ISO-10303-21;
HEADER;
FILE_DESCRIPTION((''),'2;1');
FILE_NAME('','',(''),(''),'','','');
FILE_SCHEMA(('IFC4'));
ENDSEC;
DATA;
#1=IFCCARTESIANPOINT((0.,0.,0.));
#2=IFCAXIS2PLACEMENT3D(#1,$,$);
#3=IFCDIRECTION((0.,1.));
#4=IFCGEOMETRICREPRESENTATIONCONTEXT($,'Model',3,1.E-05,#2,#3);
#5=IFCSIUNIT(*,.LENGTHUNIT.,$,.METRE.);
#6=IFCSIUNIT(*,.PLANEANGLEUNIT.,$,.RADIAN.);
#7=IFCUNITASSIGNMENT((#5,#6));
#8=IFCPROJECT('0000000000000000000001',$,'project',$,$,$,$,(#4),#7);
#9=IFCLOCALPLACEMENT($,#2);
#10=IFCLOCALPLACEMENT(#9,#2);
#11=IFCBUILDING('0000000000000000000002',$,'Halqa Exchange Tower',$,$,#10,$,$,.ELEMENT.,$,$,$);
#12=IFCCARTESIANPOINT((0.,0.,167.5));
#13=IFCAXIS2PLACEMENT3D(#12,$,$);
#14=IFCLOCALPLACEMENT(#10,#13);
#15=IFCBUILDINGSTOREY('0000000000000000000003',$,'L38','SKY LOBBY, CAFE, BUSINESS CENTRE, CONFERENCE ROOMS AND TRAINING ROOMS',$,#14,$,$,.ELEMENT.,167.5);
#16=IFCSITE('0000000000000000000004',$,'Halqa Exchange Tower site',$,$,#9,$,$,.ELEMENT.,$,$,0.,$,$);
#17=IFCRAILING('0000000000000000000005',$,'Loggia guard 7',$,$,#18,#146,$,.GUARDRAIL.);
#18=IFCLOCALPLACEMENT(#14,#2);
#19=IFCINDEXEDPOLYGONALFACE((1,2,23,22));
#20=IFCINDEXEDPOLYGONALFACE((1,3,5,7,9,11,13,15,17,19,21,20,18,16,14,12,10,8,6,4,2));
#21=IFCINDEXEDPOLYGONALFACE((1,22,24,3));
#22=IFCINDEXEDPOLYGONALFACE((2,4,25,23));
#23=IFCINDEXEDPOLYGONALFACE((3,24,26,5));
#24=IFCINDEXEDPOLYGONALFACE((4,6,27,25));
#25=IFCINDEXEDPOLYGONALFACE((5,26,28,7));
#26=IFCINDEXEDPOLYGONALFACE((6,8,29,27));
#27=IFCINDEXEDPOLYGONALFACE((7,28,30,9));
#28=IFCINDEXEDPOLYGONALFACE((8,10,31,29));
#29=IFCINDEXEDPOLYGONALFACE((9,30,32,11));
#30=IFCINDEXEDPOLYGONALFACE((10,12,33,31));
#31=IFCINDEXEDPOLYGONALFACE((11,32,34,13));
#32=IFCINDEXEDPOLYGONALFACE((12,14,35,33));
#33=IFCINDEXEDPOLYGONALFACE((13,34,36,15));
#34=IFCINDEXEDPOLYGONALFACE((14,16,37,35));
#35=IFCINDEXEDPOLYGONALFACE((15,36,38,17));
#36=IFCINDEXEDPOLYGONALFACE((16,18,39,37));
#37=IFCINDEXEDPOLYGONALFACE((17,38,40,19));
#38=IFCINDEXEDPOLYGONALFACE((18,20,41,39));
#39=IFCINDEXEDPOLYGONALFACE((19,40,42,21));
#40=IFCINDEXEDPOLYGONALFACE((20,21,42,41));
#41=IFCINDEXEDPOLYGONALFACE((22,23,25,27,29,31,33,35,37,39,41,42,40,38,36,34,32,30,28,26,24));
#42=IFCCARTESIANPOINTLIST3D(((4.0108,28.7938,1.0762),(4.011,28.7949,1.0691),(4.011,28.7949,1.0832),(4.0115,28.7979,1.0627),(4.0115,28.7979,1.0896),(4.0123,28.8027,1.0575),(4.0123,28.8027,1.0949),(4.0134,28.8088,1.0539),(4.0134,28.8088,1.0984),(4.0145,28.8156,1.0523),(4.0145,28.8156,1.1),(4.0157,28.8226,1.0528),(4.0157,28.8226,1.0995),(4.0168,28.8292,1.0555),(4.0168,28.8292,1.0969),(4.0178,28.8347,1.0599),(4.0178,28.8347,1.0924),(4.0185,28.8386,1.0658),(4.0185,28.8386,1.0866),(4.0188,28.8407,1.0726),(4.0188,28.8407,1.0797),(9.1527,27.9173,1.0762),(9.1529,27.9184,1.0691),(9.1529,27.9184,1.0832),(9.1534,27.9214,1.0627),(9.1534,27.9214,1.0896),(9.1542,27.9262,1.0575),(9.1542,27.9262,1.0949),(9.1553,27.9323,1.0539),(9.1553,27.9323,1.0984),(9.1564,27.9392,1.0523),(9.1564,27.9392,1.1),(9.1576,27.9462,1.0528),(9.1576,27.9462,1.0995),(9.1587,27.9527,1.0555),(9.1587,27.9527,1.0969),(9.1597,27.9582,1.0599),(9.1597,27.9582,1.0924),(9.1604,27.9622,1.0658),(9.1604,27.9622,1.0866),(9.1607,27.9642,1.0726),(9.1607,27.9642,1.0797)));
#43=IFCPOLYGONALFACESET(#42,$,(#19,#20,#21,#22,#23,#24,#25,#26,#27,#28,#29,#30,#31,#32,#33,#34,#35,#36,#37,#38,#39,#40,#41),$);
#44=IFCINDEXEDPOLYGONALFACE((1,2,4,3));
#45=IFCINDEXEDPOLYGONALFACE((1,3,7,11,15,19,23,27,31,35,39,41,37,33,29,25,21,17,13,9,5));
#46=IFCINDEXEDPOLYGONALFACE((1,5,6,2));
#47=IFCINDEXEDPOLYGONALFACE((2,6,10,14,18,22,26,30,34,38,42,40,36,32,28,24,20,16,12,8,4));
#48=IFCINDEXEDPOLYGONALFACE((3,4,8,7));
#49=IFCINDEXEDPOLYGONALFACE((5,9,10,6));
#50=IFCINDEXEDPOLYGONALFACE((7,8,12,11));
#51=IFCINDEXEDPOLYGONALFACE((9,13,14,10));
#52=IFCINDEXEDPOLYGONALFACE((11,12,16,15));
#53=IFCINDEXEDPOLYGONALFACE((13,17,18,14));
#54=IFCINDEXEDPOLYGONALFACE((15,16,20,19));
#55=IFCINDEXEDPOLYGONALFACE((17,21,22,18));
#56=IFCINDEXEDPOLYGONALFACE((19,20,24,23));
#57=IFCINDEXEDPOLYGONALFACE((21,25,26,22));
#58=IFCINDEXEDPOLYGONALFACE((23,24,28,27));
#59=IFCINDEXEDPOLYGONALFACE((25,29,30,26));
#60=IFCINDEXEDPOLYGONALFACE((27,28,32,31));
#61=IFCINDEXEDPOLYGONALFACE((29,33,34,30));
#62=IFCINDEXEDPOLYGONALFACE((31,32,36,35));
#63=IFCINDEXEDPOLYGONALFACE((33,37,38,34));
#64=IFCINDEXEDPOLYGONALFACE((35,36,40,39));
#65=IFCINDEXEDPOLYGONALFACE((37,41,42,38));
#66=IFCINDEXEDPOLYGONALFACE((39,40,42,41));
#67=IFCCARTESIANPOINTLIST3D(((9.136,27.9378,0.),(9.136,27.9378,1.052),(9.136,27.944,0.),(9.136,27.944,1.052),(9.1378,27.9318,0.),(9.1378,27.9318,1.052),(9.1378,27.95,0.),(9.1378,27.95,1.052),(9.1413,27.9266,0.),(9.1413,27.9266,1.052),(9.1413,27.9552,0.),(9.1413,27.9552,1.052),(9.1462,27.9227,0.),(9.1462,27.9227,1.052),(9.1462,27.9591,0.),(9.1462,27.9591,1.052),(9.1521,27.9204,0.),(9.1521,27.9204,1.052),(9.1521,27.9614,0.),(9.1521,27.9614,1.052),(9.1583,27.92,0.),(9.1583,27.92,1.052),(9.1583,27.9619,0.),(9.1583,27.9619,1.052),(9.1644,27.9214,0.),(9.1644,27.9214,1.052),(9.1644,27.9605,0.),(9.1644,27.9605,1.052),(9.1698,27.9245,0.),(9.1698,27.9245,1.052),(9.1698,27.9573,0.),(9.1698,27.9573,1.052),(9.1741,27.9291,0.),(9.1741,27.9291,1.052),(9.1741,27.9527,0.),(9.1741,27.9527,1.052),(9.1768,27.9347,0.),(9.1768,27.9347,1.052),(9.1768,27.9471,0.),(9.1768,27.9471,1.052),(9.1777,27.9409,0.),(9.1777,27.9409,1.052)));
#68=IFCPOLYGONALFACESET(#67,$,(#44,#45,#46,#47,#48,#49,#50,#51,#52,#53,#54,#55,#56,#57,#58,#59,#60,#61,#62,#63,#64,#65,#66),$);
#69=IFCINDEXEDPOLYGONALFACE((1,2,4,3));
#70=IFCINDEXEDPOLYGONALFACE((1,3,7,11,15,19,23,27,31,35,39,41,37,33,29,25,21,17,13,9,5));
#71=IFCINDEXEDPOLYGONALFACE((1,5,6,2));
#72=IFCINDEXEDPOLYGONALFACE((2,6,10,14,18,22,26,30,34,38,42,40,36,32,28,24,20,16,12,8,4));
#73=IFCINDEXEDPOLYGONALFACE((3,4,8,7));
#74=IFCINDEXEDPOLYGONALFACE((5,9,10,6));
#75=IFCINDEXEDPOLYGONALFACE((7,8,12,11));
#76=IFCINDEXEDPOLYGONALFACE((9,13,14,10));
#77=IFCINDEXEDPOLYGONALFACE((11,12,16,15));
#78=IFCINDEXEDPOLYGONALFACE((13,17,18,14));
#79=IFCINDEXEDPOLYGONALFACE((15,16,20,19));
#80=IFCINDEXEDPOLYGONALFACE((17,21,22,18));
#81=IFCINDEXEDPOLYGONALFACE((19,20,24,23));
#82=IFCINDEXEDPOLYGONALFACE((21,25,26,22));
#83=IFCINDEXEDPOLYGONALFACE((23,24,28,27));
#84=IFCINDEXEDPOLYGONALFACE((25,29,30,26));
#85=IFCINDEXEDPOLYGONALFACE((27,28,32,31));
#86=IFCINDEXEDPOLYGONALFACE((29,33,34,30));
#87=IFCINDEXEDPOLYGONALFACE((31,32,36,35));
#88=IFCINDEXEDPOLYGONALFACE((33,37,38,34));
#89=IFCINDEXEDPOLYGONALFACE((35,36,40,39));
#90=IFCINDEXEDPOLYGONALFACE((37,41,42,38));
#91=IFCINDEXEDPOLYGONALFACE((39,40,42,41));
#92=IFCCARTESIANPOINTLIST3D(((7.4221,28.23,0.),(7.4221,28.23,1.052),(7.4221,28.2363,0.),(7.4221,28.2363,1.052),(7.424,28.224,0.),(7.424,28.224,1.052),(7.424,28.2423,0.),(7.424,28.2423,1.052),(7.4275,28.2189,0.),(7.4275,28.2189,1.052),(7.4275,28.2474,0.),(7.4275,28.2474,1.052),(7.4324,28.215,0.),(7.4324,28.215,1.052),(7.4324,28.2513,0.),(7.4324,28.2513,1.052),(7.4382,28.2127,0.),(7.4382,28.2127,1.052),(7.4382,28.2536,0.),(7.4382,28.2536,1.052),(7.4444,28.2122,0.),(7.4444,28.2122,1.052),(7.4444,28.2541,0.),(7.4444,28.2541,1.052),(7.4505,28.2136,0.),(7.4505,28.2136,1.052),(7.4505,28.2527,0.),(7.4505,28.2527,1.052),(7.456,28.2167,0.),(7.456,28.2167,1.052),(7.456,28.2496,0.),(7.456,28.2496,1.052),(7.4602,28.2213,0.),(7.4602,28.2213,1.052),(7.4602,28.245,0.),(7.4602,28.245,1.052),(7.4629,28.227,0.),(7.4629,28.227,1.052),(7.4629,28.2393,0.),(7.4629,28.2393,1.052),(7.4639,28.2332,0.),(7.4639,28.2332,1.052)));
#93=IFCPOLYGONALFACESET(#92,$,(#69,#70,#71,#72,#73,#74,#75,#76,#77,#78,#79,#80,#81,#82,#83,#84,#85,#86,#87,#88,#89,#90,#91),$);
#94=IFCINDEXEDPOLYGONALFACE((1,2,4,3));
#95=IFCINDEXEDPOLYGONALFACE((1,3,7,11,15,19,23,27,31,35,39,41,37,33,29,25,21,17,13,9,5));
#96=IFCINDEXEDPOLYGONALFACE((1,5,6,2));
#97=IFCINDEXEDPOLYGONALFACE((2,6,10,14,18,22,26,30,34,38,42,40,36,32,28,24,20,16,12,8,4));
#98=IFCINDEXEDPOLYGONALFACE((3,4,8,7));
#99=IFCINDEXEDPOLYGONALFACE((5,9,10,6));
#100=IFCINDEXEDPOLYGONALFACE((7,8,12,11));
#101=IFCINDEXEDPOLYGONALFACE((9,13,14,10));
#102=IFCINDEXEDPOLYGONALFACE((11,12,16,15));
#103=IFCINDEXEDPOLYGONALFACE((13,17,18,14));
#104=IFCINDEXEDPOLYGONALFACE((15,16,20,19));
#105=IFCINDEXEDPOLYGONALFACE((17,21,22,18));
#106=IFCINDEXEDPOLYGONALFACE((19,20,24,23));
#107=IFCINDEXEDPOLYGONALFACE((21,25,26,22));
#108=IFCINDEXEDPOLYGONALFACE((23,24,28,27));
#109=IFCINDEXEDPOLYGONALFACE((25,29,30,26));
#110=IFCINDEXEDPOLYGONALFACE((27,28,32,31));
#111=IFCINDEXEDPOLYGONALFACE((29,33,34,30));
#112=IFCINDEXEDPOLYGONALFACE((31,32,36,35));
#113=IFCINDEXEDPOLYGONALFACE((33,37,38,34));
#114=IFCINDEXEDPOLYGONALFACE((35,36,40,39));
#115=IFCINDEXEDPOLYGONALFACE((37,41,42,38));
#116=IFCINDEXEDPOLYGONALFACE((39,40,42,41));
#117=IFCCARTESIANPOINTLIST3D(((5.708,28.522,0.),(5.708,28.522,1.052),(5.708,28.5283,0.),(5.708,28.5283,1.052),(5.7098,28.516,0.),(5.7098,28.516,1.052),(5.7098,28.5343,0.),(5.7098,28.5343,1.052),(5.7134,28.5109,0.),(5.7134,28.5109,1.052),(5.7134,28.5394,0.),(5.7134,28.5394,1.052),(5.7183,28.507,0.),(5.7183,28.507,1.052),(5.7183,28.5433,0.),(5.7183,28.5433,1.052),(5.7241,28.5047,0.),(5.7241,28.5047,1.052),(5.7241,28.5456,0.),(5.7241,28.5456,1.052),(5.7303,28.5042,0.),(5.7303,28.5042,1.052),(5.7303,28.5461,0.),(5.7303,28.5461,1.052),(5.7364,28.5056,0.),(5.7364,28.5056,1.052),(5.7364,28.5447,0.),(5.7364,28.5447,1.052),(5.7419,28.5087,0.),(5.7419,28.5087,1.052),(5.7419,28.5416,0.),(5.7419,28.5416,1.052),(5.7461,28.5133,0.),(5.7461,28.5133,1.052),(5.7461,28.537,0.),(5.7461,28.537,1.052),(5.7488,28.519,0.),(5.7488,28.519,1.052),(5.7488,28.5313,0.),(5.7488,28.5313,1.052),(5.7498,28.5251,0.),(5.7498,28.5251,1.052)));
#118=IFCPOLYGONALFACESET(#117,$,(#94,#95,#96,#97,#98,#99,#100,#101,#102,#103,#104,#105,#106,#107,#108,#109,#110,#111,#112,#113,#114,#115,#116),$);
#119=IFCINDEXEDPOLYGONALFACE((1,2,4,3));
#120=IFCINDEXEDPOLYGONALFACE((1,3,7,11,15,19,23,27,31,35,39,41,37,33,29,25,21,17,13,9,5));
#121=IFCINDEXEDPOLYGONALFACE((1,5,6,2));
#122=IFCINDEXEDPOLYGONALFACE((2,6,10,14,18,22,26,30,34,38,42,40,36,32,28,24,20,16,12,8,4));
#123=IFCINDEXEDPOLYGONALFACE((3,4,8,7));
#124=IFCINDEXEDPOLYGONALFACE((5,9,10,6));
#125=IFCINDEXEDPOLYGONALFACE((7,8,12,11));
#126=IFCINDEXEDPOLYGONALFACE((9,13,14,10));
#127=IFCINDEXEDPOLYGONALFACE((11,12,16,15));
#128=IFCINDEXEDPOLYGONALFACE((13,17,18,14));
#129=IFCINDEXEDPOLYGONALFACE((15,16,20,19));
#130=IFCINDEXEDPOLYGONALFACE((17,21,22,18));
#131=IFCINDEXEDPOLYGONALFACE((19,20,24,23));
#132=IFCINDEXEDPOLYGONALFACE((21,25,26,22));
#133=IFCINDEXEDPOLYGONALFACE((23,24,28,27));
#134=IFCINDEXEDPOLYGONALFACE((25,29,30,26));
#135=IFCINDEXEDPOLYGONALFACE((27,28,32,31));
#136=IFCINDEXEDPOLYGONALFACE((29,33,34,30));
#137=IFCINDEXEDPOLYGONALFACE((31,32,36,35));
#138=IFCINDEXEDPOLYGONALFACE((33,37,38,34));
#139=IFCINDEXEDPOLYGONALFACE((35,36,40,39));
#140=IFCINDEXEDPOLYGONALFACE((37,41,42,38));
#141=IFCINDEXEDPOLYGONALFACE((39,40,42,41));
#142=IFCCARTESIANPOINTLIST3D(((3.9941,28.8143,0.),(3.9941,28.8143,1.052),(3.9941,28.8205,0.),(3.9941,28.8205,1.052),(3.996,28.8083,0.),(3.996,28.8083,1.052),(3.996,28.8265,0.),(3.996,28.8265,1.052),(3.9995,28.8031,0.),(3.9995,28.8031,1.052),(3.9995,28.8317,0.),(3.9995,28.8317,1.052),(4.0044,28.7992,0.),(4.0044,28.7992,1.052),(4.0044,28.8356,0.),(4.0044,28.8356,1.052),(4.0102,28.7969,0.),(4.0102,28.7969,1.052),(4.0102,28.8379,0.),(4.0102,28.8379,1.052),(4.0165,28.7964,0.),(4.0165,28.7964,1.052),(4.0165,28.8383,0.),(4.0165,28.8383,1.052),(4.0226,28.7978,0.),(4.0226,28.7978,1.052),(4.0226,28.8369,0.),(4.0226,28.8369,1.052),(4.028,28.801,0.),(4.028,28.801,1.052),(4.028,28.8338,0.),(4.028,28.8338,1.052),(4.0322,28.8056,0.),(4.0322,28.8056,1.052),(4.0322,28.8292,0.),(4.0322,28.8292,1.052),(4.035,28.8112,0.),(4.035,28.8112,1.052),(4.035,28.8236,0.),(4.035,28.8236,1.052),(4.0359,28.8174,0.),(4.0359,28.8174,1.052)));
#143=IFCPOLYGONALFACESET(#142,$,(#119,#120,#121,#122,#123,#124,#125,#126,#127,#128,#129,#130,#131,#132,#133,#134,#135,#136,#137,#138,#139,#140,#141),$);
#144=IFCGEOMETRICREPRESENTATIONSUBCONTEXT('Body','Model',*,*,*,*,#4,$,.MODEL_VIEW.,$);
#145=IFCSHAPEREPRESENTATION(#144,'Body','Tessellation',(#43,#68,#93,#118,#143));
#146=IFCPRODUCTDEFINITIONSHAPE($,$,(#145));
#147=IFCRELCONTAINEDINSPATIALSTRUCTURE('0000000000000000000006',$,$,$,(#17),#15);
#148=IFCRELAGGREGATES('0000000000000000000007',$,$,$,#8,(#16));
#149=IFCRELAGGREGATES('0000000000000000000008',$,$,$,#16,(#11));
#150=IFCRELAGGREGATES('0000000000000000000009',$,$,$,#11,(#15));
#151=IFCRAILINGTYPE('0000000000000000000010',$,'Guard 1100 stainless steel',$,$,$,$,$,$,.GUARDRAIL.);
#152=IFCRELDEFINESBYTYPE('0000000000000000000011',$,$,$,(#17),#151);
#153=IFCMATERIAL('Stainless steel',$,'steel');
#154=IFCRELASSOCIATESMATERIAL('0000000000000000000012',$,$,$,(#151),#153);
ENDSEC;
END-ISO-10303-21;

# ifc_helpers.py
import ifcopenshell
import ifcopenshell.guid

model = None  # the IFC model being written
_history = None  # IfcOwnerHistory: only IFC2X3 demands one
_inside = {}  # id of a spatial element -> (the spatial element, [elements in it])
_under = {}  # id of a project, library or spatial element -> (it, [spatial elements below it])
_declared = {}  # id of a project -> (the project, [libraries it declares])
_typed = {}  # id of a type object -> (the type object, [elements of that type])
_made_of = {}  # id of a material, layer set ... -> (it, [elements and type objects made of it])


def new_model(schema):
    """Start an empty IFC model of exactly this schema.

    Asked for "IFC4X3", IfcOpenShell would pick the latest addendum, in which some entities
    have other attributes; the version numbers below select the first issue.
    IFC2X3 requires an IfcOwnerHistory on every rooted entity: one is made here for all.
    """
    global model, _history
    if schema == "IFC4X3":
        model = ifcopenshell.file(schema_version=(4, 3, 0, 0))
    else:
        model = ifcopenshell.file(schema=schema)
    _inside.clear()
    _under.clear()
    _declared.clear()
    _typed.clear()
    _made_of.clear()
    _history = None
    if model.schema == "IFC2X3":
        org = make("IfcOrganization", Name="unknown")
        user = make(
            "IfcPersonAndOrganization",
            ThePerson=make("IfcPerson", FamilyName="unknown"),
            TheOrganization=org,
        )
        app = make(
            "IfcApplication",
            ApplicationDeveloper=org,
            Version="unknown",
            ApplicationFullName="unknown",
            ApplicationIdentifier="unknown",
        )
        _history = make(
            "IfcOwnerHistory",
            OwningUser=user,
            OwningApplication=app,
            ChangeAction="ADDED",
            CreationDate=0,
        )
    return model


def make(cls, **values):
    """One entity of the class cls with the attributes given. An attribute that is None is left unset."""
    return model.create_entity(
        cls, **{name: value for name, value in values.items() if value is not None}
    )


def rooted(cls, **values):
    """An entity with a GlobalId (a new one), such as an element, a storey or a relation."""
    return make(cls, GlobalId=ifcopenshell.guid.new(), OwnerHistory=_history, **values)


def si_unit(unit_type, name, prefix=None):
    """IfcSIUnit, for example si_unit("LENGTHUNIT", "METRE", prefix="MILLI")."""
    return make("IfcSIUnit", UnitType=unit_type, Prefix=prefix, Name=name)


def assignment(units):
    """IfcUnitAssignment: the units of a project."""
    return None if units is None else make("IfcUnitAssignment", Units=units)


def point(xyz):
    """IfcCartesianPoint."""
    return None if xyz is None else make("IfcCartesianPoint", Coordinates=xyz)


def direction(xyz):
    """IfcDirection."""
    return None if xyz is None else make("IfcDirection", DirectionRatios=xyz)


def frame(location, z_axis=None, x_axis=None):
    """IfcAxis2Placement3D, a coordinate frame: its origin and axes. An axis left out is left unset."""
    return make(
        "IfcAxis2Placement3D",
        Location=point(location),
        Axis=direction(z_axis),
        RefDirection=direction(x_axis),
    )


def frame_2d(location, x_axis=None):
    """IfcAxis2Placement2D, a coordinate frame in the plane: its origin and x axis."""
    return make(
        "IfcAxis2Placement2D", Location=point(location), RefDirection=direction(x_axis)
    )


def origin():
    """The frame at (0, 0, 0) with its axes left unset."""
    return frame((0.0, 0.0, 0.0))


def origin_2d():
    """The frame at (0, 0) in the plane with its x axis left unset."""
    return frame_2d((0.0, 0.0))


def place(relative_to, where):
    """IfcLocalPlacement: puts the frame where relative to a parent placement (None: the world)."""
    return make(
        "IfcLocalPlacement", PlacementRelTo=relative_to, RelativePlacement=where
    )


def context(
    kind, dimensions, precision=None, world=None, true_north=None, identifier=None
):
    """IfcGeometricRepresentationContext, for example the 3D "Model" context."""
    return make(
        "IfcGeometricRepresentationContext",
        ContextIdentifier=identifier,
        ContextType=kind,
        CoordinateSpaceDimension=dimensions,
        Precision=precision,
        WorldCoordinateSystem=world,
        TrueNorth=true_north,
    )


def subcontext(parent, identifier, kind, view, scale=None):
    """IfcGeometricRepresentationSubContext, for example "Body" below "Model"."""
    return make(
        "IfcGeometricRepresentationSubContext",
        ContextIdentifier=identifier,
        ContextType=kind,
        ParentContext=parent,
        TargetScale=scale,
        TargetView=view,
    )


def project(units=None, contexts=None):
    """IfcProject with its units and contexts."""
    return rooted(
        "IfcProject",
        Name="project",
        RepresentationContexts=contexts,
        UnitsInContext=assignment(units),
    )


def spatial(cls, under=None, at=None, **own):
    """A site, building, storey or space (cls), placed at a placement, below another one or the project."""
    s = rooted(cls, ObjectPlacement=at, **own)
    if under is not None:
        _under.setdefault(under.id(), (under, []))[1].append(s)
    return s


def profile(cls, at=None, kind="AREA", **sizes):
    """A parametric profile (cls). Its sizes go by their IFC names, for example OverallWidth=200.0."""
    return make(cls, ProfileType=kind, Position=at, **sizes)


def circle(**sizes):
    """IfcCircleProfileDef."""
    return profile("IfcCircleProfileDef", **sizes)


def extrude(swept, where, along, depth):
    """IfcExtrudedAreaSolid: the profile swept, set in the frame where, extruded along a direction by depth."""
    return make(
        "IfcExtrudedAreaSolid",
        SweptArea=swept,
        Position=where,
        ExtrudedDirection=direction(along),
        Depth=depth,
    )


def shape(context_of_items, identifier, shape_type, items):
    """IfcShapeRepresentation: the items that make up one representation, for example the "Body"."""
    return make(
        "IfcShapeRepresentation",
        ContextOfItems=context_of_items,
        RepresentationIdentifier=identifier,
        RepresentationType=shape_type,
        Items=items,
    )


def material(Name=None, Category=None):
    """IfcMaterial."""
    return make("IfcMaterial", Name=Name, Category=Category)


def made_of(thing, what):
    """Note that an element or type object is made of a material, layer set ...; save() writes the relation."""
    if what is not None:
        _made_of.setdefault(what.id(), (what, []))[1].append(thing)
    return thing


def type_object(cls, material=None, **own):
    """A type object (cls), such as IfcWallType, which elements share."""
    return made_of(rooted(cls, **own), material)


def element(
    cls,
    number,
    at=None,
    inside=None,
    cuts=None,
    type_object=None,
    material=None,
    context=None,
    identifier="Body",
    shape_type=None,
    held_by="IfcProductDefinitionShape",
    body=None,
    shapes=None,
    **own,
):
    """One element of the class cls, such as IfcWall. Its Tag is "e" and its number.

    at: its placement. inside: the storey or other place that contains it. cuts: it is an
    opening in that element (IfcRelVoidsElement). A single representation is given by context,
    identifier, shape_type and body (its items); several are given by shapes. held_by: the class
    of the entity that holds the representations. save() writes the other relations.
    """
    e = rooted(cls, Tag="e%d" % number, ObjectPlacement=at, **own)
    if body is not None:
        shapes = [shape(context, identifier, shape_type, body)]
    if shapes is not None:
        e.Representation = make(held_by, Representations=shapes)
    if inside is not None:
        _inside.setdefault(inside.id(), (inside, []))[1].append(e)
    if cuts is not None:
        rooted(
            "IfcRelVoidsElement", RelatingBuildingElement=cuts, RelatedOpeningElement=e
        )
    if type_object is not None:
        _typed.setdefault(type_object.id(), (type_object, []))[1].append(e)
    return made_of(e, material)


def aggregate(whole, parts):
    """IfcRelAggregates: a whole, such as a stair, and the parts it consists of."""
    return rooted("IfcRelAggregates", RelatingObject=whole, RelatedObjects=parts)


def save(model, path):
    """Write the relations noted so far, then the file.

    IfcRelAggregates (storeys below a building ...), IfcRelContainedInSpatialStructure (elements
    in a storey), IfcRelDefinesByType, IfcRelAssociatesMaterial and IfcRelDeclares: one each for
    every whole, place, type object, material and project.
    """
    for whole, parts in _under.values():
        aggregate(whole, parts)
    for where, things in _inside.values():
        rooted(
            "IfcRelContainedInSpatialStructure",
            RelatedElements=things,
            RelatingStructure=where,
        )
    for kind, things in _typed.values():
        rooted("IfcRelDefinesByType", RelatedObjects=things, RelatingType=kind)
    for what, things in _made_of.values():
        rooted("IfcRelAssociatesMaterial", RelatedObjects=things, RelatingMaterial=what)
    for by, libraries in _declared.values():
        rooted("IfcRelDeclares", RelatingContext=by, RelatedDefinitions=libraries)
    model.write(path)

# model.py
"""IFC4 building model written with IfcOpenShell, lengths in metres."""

from ifc_helpers import new_model, si_unit, direction, frame, origin, origin_2d, place, context, subcontext, project, spatial, circle, extrude, material, type_object, element, save


model = new_model("IFC4")

# Units and contexts
model_context = context("Model", 3, precision=1e-05, world=origin(), true_north=direction((0.0, 1.0)))
body_context = subcontext(model_context, "Body", "Model", "MODEL_VIEW")
ifc_project = project(units=[si_unit("LENGTHUNIT", "METRE"), si_unit("PLANEANGLEUNIT", "RADIAN")], contexts=[model_context])

# Site, building, storey
site_placement = place(None, origin())
site = spatial("IfcSite", under=ifc_project, at=site_placement, Name="Halqa Exchange Tower site", CompositionType="ELEMENT", RefElevation=0.0)
building_placement = place(site_placement, origin())
building = spatial("IfcBuilding", under=site, at=building_placement, Name="Halqa Exchange Tower", CompositionType="ELEMENT")
storey_placement = place(building_placement, frame((0.0, 0.0, 167.5)))
storey = spatial("IfcBuildingStorey", under=building, at=storey_placement, Name="L38", Description="SKY LOBBY, CAFE, BUSINESS CENTRE, CONFERENCE ROOMS AND TRAINING ROOMS", CompositionType="ELEMENT", Elevation=167.5)

# Railing
ifc_material_1 = material(Name="Stainless steel", Category="steel")
railing_type = type_object("IfcRailingType", Name="Guard 1100 stainless steel", PredefinedType="GUARDRAIL", material=ifc_material_1)
railing_1_placement = place(storey_placement, frame((9.1567, 27.9409, 0.0)))
element("IfcRailing", 1, at=railing_1_placement, inside=storey, type_object=railing_type, Name="Loggia guard 7", PredefinedType="GUARDRAIL", context=body_context, shape_type="SweptSolid", body=[
    extrude(circle(Radius=0.0239, at=origin_2d()), frame((0.0, 0.0, 1.0762), z_axis=(-0.985781, 0.168034, 0.0), x_axis=(-0.168034, -0.985781, 0.0)), (0.0, 0.0, 1.0), 5.2161),
    extrude(circle(Radius=0.021, at=origin_2d()), origin(), (0.0, 0.0, 1.0), 1.052),
    extrude(circle(Radius=0.021, at=origin_2d()), frame((-1.7139, 0.2922, 0.0)), (0.0, 0.0, 1.0), 1.052),
    extrude(circle(Radius=0.021, at=origin_2d()), frame((-3.428, 0.5842, 0.0)), (0.0, 0.0, 1.0), 1.052),
    extrude(circle(Radius=0.021, at=origin_2d()), frame((-5.1418, 0.8765, 0.0)), (0.0, 0.0, 1.0), 1.052),
])

save(model, "model.ifc")
